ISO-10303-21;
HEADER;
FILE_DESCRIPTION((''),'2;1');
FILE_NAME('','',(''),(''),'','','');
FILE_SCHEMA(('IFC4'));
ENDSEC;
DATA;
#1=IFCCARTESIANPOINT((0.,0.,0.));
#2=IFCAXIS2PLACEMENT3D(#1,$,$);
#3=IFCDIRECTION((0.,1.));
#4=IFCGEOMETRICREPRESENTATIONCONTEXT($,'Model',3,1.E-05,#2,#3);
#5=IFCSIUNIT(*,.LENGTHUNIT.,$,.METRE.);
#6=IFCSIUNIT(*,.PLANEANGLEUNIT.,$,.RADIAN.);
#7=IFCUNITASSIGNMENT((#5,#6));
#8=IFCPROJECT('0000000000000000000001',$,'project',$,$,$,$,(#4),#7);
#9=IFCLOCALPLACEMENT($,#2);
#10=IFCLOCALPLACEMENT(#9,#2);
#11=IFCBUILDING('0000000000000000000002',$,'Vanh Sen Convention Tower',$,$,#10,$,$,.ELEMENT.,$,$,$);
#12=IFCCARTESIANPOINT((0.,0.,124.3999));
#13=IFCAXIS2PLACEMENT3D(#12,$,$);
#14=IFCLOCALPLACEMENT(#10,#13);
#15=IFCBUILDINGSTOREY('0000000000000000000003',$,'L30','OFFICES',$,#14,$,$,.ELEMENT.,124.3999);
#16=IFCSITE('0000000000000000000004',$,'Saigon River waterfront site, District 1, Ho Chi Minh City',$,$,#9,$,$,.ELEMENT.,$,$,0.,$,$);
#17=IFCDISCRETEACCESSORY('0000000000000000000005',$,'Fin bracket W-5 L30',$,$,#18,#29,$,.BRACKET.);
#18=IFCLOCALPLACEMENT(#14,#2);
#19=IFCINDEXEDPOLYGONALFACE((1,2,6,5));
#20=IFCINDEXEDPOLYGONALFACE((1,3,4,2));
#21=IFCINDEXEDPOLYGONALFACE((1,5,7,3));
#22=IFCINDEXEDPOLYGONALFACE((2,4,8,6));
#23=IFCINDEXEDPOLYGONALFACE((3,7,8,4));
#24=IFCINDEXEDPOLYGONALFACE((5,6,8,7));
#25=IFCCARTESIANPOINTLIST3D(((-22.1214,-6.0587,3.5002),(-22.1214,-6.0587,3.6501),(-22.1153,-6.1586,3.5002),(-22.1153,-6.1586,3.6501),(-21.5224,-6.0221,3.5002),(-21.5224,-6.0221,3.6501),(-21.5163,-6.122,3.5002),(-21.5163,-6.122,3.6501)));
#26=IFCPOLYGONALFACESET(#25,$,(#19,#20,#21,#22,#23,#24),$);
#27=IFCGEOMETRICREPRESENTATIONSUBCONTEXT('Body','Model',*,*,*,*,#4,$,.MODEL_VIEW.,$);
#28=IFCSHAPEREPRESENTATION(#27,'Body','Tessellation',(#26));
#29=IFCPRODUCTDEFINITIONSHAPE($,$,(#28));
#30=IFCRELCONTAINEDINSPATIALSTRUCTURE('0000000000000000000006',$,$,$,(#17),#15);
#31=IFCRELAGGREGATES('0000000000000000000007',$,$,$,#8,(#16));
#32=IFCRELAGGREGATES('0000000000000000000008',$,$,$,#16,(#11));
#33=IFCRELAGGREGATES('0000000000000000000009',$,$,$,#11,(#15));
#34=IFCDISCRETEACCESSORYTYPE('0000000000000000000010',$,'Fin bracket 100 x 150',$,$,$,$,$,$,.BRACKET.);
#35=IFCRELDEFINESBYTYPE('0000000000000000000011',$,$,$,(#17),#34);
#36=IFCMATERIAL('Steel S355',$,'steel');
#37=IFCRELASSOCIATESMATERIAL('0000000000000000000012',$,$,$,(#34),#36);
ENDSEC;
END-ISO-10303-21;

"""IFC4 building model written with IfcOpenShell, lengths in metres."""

from ifc_helpers import new_model, si_unit, direction, frame, origin, origin_2d, place, context, subcontext, project, spatial, rectangle, extrude, material, type_object, element, save


model = new_model("IFC4")

# Units and contexts
model_context = context("Model", 3, precision=1e-05, world=origin(), true_north=direction((0.0, 1.0)))
body_context = subcontext(model_context, "Body", "Model", "MODEL_VIEW")
ifc_project = project(units=[si_unit("LENGTHUNIT", "METRE"), si_unit("PLANEANGLEUNIT", "RADIAN")], contexts=[model_context])

# Site, building, storey
site_placement = place(None, origin())
site = spatial("IfcSite", under=ifc_project, at=site_placement, Name="Saigon River waterfront site, District 1, Ho Chi Minh City", CompositionType="ELEMENT", RefElevation=0.0)
building_placement = place(site_placement, origin())
building = spatial("IfcBuilding", under=site, at=building_placement, Name="Vanh Sen Convention Tower", CompositionType="ELEMENT")
storey_placement = place(building_placement, frame((0.0, 0.0, 124.3999)))
storey = spatial("IfcBuildingStorey", under=building, at=storey_placement, Name="L30", Description="OFFICES", CompositionType="ELEMENT", Elevation=124.3999)

# Discrete accessory
ifc_material_1 = material(Name="Steel S355", Category="steel")
discrete_accessory_type = type_object("IfcDiscreteAccessoryType", Name="Fin bracket 100 x 150", PredefinedType="BRACKET", material=ifc_material_1)
discrete_accessory_placement = place(storey_placement, frame((-21.8188, -6.0903, 3.5002), z_axis=(0.0, 0.0, 1.0), x_axis=(-0.998135, -0.061049, 0.0)))
element("IfcDiscreteAccessory", 1, at=discrete_accessory_placement, inside=storey, type_object=discrete_accessory_type, Name="Fin bracket W-5 L30", PredefinedType="BRACKET", context=body_context, shape_type="SweptSolid", body=[
    extrude(rectangle(XDim=0.6001, YDim=0.1001, at=origin_2d()), origin(), (0.0, 0.0, 1.0), 0.1499),
])

save(model, "model.ifc")
